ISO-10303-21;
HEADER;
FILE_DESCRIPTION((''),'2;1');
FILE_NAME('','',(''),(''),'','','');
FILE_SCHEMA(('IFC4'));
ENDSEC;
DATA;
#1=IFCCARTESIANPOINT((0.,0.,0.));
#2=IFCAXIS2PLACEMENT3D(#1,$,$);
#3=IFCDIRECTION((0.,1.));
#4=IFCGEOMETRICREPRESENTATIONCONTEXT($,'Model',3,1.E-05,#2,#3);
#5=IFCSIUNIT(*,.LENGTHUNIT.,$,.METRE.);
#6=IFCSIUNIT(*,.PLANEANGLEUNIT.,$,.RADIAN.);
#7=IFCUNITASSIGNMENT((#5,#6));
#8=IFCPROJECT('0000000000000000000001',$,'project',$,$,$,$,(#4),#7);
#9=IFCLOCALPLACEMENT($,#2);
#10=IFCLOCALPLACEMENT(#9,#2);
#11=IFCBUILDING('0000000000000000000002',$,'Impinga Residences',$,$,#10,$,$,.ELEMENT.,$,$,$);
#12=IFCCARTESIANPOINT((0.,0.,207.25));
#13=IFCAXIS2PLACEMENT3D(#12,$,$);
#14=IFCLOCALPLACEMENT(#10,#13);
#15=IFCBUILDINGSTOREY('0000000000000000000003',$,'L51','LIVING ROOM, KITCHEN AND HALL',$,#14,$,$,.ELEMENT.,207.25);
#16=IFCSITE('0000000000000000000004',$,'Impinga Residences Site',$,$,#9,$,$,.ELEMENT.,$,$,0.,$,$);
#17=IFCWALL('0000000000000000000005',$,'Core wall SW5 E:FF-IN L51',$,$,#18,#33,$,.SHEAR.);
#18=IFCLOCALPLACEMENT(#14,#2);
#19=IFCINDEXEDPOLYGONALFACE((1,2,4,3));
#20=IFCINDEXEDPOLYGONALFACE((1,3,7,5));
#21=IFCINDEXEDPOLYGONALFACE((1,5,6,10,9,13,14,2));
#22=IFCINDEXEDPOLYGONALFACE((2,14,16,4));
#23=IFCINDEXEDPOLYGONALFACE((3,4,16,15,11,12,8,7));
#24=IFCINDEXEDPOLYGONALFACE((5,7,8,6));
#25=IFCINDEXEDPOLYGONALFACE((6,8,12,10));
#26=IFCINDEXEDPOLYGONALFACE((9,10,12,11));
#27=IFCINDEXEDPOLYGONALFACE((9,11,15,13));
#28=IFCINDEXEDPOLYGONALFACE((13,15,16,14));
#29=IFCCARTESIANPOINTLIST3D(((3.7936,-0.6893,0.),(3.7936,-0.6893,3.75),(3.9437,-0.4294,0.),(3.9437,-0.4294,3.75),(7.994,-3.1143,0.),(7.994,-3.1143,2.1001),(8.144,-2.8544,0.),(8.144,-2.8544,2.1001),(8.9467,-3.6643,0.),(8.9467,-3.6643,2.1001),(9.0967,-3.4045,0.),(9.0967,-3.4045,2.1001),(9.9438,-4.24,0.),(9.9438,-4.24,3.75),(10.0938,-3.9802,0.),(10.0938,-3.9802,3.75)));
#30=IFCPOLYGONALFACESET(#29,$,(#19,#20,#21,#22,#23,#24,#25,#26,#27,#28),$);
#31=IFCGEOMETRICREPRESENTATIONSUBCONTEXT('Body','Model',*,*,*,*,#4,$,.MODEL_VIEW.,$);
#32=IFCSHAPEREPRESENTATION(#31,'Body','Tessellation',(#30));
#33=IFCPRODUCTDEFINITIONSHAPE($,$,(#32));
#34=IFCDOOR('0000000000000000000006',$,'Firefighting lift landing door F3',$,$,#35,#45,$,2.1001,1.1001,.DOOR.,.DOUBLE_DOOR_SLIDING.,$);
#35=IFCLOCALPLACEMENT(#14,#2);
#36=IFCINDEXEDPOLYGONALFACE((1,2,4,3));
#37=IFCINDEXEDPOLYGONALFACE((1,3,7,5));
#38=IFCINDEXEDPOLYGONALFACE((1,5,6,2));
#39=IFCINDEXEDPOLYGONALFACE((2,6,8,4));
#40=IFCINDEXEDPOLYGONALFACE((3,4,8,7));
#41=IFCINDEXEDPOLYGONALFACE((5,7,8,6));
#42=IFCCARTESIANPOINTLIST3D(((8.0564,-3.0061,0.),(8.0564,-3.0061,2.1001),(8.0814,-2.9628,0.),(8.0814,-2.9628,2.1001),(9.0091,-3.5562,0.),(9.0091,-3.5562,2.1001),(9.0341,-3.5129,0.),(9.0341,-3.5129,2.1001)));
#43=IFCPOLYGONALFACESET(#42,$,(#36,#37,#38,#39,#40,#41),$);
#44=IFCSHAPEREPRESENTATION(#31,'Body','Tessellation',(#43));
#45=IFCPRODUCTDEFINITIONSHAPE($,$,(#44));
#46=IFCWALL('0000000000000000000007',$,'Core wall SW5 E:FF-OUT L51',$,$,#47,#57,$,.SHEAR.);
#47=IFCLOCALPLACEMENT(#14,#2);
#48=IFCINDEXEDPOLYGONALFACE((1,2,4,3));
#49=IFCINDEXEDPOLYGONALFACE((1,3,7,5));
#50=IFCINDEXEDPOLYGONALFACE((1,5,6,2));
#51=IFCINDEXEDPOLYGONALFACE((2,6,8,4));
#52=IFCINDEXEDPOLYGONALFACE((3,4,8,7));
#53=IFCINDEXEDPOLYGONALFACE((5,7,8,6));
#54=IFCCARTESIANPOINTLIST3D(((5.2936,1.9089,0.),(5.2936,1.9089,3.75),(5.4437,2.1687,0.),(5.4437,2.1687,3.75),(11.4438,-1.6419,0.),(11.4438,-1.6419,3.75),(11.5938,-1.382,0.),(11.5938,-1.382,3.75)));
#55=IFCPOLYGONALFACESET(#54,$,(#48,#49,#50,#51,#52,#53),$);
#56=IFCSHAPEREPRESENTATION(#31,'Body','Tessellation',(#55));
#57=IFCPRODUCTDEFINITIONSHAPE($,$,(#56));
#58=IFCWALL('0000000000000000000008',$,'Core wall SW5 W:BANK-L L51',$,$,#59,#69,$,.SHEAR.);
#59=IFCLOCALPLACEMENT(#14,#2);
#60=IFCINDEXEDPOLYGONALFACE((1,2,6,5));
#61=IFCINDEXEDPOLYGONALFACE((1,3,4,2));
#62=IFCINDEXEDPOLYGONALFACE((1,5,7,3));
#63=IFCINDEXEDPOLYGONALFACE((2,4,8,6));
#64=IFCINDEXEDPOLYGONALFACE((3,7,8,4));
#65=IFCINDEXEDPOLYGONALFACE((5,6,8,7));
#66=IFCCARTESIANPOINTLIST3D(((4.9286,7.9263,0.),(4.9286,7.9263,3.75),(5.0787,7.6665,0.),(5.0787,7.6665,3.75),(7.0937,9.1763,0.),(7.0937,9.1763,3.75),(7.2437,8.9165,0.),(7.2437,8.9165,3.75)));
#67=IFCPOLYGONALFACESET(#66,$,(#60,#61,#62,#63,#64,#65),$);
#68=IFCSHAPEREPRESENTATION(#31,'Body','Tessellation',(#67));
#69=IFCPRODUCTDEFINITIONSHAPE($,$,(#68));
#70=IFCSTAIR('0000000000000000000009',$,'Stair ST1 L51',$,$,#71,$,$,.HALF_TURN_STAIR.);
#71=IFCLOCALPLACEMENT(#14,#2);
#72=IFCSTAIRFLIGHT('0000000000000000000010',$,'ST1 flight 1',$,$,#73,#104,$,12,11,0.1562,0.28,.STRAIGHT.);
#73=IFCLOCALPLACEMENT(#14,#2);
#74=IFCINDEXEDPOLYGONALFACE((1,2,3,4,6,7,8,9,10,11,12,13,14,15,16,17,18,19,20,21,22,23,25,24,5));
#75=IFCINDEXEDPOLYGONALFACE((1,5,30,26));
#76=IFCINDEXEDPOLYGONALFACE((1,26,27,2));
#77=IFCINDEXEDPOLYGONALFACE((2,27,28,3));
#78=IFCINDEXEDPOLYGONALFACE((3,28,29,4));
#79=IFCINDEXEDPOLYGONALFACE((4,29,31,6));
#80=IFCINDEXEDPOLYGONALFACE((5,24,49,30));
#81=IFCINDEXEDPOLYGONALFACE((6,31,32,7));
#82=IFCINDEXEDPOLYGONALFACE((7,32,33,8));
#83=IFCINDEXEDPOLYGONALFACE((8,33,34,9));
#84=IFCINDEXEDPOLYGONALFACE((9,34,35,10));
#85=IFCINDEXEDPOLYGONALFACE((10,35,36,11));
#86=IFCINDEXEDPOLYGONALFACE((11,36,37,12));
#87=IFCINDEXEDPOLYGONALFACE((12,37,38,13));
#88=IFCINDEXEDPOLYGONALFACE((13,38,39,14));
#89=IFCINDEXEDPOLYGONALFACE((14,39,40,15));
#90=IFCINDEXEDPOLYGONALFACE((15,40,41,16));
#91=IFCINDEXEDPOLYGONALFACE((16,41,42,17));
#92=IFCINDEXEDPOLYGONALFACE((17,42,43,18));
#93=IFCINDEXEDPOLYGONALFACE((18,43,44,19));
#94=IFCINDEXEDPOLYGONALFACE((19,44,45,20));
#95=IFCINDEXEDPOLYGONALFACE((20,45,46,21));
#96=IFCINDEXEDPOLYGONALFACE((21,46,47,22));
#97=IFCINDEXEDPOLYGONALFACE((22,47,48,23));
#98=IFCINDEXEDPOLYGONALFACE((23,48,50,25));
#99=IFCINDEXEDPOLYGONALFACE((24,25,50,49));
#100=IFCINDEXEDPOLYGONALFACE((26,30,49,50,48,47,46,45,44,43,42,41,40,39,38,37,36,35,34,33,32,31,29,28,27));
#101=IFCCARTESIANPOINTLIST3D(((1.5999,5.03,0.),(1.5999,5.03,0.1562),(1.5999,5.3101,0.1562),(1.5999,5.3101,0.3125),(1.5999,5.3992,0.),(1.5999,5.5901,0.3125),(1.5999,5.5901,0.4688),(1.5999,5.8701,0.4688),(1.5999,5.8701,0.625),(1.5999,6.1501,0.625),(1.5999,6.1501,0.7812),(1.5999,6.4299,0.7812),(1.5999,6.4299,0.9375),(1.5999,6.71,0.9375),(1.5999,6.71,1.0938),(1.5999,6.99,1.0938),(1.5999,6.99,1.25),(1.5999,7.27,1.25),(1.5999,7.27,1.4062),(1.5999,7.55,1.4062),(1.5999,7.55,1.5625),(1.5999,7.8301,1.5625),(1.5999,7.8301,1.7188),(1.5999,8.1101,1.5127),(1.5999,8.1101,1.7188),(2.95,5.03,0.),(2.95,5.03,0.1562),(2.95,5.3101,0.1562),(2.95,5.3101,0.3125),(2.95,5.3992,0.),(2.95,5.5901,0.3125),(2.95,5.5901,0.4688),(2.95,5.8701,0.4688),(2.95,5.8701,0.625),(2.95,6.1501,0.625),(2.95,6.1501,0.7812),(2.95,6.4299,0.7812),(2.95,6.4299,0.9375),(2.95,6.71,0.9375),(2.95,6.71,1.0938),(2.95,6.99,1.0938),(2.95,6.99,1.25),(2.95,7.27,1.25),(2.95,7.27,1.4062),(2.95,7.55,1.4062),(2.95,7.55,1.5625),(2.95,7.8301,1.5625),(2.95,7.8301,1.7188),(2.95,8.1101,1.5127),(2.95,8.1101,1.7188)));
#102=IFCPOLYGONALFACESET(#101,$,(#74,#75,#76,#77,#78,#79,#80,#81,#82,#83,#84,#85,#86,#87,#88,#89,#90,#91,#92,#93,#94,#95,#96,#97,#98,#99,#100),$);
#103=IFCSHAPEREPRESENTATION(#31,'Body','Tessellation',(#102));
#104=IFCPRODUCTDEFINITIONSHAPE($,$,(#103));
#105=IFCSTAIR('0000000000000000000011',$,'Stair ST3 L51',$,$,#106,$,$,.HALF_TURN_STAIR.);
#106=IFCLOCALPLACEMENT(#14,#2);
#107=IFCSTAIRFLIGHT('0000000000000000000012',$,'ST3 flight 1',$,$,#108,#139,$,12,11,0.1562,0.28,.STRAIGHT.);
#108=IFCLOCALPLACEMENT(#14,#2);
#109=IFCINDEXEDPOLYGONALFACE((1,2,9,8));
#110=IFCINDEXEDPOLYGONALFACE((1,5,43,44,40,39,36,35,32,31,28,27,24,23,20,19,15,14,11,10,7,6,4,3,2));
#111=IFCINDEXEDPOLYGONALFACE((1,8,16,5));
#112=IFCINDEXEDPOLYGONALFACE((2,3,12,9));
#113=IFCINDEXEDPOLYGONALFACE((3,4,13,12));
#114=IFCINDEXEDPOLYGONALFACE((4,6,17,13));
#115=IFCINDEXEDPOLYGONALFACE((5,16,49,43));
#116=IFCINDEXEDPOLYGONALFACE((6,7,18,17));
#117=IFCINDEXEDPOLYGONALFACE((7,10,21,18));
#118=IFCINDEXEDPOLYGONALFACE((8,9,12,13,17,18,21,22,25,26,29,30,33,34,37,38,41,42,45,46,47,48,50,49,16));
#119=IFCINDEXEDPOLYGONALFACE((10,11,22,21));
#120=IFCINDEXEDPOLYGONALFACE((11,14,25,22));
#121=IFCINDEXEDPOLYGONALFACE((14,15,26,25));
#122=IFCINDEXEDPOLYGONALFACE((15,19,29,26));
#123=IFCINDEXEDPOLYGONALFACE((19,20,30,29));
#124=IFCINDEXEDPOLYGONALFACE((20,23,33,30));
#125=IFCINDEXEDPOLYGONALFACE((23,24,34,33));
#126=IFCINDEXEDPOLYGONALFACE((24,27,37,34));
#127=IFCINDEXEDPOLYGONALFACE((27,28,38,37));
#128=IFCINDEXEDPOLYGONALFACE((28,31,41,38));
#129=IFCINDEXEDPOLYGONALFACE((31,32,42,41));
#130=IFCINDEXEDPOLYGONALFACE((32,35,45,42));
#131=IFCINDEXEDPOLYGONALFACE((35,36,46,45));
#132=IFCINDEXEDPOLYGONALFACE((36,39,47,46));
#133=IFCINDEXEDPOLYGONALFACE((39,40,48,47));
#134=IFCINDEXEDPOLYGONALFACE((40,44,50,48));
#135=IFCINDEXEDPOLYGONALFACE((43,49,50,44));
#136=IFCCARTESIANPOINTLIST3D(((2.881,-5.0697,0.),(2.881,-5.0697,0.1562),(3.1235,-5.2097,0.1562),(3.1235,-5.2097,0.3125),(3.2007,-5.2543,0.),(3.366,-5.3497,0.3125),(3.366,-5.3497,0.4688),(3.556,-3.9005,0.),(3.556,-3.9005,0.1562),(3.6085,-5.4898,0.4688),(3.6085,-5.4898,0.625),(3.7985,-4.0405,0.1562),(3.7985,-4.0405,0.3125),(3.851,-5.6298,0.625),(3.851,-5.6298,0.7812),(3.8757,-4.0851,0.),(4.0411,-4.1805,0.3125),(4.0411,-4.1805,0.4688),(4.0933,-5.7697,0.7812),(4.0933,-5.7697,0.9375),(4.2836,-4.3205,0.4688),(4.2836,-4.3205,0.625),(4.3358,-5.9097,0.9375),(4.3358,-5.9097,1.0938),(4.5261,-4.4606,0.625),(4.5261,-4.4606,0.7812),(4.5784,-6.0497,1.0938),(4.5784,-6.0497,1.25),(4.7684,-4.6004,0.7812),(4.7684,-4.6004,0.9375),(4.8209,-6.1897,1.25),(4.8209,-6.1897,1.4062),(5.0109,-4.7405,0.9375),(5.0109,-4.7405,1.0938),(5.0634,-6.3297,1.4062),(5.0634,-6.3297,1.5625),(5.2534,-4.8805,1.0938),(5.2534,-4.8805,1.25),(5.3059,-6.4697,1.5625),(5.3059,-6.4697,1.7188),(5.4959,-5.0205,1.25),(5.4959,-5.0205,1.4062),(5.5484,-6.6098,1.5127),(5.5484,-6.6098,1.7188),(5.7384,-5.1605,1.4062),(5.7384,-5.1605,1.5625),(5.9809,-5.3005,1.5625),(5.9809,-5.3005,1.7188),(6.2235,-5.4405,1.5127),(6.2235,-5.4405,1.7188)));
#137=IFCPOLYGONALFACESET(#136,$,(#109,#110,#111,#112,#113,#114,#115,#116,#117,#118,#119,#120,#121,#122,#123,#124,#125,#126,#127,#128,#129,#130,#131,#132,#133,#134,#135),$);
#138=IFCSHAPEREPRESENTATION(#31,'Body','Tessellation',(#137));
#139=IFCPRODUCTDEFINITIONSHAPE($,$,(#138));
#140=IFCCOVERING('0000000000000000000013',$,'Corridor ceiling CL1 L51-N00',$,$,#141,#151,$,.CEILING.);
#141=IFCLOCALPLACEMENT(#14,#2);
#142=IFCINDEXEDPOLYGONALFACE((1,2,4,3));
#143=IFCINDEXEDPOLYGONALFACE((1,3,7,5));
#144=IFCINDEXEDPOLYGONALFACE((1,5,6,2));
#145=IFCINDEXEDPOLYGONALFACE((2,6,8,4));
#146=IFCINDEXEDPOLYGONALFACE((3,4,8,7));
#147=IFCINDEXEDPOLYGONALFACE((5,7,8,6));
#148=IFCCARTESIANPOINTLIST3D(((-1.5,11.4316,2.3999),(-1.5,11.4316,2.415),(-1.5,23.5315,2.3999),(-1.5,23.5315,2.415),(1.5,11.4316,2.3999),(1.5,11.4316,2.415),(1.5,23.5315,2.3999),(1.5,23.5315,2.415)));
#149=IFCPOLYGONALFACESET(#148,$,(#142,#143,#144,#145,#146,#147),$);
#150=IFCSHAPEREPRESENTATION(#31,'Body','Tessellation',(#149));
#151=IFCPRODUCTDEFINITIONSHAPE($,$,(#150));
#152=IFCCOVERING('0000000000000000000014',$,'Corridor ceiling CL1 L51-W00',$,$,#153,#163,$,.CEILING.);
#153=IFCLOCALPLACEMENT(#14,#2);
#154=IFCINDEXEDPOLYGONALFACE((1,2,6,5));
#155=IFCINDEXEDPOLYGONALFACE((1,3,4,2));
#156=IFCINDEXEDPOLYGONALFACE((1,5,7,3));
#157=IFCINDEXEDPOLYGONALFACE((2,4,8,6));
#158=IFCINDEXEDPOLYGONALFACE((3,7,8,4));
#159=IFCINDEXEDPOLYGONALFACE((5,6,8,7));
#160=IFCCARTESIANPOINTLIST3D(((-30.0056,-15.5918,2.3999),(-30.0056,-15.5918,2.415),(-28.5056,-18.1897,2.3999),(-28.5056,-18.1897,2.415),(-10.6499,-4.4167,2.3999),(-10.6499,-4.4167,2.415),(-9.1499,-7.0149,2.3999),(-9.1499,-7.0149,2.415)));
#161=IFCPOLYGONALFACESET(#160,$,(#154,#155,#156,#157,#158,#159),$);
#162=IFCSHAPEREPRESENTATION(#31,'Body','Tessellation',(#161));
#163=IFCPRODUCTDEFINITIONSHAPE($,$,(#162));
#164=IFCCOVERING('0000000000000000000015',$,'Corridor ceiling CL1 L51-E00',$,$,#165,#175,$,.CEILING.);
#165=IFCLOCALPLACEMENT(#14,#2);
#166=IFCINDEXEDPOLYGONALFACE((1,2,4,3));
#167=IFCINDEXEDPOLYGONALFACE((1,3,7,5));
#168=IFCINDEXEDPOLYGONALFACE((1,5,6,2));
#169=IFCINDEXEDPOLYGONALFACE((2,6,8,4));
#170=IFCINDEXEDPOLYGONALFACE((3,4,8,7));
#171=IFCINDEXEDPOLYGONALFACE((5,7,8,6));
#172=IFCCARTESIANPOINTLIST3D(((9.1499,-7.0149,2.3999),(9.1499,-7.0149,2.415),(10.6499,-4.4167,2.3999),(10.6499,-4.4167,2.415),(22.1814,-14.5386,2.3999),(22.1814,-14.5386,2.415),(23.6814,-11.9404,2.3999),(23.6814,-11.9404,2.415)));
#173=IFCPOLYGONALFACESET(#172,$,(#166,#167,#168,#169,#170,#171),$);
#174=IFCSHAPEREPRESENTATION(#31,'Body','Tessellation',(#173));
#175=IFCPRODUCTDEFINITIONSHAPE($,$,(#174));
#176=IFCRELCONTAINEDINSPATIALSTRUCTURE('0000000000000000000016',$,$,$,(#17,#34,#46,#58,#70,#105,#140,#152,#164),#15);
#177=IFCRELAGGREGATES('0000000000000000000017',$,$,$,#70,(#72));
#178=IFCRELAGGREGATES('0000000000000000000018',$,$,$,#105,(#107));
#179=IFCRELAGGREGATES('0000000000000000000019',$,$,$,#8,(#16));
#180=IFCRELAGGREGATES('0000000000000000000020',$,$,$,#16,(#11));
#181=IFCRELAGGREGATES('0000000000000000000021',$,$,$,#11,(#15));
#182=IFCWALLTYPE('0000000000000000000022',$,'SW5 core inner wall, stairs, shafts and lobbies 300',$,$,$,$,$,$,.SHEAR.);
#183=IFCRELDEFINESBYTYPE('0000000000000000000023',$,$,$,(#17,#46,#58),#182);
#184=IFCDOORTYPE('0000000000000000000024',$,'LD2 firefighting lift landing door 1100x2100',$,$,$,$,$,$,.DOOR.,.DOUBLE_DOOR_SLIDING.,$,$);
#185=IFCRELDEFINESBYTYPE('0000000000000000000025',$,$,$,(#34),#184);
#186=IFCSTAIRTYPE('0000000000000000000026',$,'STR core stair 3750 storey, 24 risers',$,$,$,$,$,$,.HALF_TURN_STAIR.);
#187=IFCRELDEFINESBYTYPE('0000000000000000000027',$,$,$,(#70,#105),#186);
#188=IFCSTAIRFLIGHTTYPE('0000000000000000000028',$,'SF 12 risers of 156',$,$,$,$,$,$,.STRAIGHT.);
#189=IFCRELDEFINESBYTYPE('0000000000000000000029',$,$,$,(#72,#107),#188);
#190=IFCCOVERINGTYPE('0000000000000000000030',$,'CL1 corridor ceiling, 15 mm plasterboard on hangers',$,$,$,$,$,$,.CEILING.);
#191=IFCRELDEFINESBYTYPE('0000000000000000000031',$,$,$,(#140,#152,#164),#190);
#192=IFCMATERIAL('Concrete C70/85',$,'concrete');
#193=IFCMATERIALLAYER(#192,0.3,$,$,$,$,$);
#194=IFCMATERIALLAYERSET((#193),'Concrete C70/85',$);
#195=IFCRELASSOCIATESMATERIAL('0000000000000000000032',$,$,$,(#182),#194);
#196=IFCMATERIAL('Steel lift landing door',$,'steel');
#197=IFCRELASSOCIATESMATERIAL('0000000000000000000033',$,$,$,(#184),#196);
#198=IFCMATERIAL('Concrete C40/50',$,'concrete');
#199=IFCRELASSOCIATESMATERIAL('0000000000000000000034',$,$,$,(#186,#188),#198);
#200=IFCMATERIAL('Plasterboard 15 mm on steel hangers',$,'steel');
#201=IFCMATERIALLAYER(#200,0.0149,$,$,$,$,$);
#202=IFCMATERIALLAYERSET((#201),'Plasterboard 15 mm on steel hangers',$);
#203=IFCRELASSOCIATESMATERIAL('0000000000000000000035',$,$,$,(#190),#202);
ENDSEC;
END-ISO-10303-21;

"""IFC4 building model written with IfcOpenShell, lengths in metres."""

from ifc_helpers import new_model, si_unit, direction, frame, frame_2d, origin, place, context, subcontext, project, spatial, polyline, rectangle, outline, extrude, material, layer, layer_set, type_object, element, fill, aggregate, save


model = new_model("IFC4")

# Units and contexts
model_context = context("Model", 3, precision=1e-05, world=origin(), true_north=direction((0.0, 1.0)))
body_context = subcontext(model_context, "Body", "Model", "MODEL_VIEW")
ifc_project = project(units=[si_unit("LENGTHUNIT", "METRE"), si_unit("PLANEANGLEUNIT", "RADIAN")], contexts=[model_context])

# Site, building, storey
site_placement = place(None, origin())
site = spatial("IfcSite", under=ifc_project, at=site_placement, Name="Impinga Residences Site", CompositionType="ELEMENT", RefElevation=0.0)
building_placement = place(site_placement, origin())
building = spatial("IfcBuilding", under=site, at=building_placement, Name="Impinga Residences", CompositionType="ELEMENT")
storey_placement = place(building_placement, frame((0.0, 0.0, 207.25)))
storey = spatial("IfcBuildingStorey", under=building, at=storey_placement, Name="L51", Description="LIVING ROOM, KITCHEN AND HALL", CompositionType="ELEMENT", Elevation=207.25)

# Shared definitions
ifc_material_1 = material(Name="Concrete C40/50", Category="concrete")

# Shared definitions
ifc_material_2 = material(Name="Concrete C70/85", Category="concrete")
ifc_layer_1 = layer(ifc_material_2, 0.3)
ifc_layer_set_1 = layer_set([ifc_layer_1], Name="Concrete C70/85")
wall_type = type_object("IfcWallType", Name="SW5 core inner wall, stairs, shafts and lobbies 300", PredefinedType="SHEAR", material=ifc_layer_set_1)

# Wall, opening, door
wall_1_placement = place(storey_placement, frame((3.8687, -0.5593, 0.0), z_axis=(0.0, 0.0, 1.0), x_axis=(0.866026, -0.499999, 0.0)))
wall_1 = element("IfcWall", 1, at=wall_1_placement, inside=storey, type_object=wall_type, Name="Core wall SW5 E:FF-IN L51", PredefinedType="SHEAR", context=body_context, shape_type="SweptSolid", body=[
    extrude(rectangle(XDim=7.1016, YDim=0.3, at=frame_2d((3.5508, 0.0))), origin(), (0.0, 0.0, 1.0), 3.75),
])
opening_1_placement = place(wall_1_placement, frame((4.8501, 0.0, 0.0)))
opening_1 = element("IfcOpeningElement", 2, at=opening_1_placement, cuts=wall_1, PredefinedType="OPENING", context=body_context, shape_type="SweptSolid", body=[
    extrude(rectangle(XDim=1.1001, YDim=2.1001, at=frame_2d((0.55, 1.05))), frame((0.0, 0.1599, 0.0), z_axis=(0.0, -1.0, 0.0), x_axis=(1.0, 0.0, 0.0)), (0.0, 0.0, 1.0), 0.3201),
])
ifc_material_3 = material(Name="Steel lift landing door", Category="steel")
door_type_1 = type_object("IfcDoorType", Name="LD2 firefighting lift landing door 1100x2100", OperationType="DOUBLE_DOOR_SLIDING", PredefinedType="DOOR", material=ifc_material_3)
door_1_placement = place(opening_1_placement, origin())
door_1 = element("IfcDoor", 3, at=door_1_placement, inside=storey, type_object=door_type_1, Name="Firefighting lift landing door F3", OperationType="DOUBLE_DOOR_SLIDING", OverallHeight=2.1001, OverallWidth=1.1001, PredefinedType="DOOR", context=body_context, shape_type="SweptSolid", body=[
    extrude(rectangle(XDim=1.1001, YDim=2.1001, at=frame_2d((0.55, 1.05))), frame((0.0, 0.0249, 0.0), z_axis=(0.0, -1.0, 0.0), x_axis=(1.0, 0.0, 0.0)), (0.0, 0.0, 1.0), 0.05),
])
fill(opening_1, door_1)

# Walls
wall_2_placement = place(storey_placement, frame((5.3687, 2.0388, 0.0), z_axis=(0.0, 0.0, 1.0), x_axis=(0.866026, -0.499999, 0.0)))
element("IfcWall", 4, at=wall_2_placement, inside=storey, type_object=wall_type, Name="Core wall SW5 E:FF-OUT L51", PredefinedType="SHEAR", context=body_context, shape_type="SweptSolid", body=[
    extrude(rectangle(XDim=7.1016, YDim=0.3, at=frame_2d((3.5508, 0.0))), origin(), (0.0, 0.0, 1.0), 3.75),
])
wall_3_placement = place(storey_placement, frame((5.0037, 7.7964, 0.0), z_axis=(0.0, 0.0, 1.0), x_axis=(0.866023, 0.500004, 0.0)))
element("IfcWall", 5, at=wall_3_placement, inside=storey, type_object=wall_type, Name="Core wall SW5 W:BANK-L L51", PredefinedType="SHEAR", context=body_context, shape_type="SweptSolid", body=[
    extrude(rectangle(XDim=2.5, YDim=0.3, at=frame_2d((1.25, 0.0))), origin(), (0.0, 0.0, 1.0), 3.75),
])

# Stairs, stair flights
stair_type_1 = type_object("IfcStairType", Name="STR core stair 3750 storey, 24 risers", PredefinedType="HALF_TURN_STAIR", material=ifc_material_1)
stair_1_placement = place(storey_placement, origin())
stair_1 = element("IfcStair", 6, at=stair_1_placement, inside=storey, type_object=stair_type_1, Name="Stair ST1 L51", PredefinedType="HALF_TURN_STAIR")
stair_flight_type = type_object("IfcStairFlightType", Name="SF 12 risers of 156", PredefinedType="STRAIGHT", material=ifc_material_1)
stair_flight_1_placement = place(storey_placement, frame((2.2749, 5.03, 0.0), z_axis=(0.0, 0.0, 1.0), x_axis=(0.0, 1.0, 0.0)))
stair_flight_1 = element("IfcStairFlight", 7, at=stair_flight_1_placement, type_object=stair_flight_type, Name="ST1 flight 1", NumberOfRisers=12, NumberOfTreads=11, PredefinedType="STRAIGHT", RiserHeight=0.1562, TreadLength=0.28, context=body_context, shape_type="SweptSolid", body=[
    extrude(outline(polyline([(0.0, 0.0), (0.0, 0.1562), (0.28, 0.1562), (0.28, 0.3125), (0.5601, 0.3125), (0.5601, 0.4688), (0.8401, 0.4688), (0.8401, 0.625), (1.1201, 0.625), (1.1201, 0.7812), (1.3999, 0.7812), (1.3999, 0.9375), (1.6799, 0.9375), (1.6799, 1.0938), (1.96, 1.0938), (1.96, 1.25), (2.24, 1.25), (2.24, 1.4062), (2.52, 1.4062), (2.52, 1.5625), (2.8, 1.5625), (2.8, 1.7188), (3.0801, 1.7188), (3.0801, 1.875), (3.0801, 1.5127), (0.3691, 0.0), (0.0, 0.0)])), frame((0.0, 0.675, 0.0), z_axis=(0.0, -1.0, 0.0), x_axis=(1.0, 0.0, 0.0)), (0.0, 0.0, 1.0), 1.3501),
])
aggregate(stair_1, [stair_flight_1])
stair_2_placement = place(storey_placement, origin())
stair_2 = element("IfcStair", 8, at=stair_2_placement, inside=storey, type_object=stair_type_1, Name="Stair ST3 L51", PredefinedType="HALF_TURN_STAIR")
stair_flight_2_placement = place(storey_placement, frame((3.2185, -4.4851, 0.0), z_axis=(0.0, 0.0, 1.0), x_axis=(0.866025, -0.5, 0.0)))
stair_flight_2 = element("IfcStairFlight", 9, at=stair_flight_2_placement, type_object=stair_flight_type, Name="ST3 flight 1", NumberOfRisers=12, NumberOfTreads=11, PredefinedType="STRAIGHT", RiserHeight=0.1562, TreadLength=0.28, context=body_context, shape_type="SweptSolid", body=[
    extrude(outline(polyline([(0.0, 0.0), (0.0, 0.1562), (0.28, 0.1562), (0.28, 0.3125), (0.5601, 0.3125), (0.5601, 0.4688), (0.8401, 0.4688), (0.8401, 0.625), (1.1201, 0.625), (1.1201, 0.7812), (1.3999, 0.7812), (1.3999, 0.9375), (1.6799, 0.9375), (1.6799, 1.0938), (1.96, 1.0938), (1.96, 1.25), (2.24, 1.25), (2.24, 1.4062), (2.52, 1.4062), (2.52, 1.5625), (2.8, 1.5625), (2.8, 1.7188), (3.0801, 1.7188), (3.0801, 1.875), (3.0801, 1.5127), (0.3691, 0.0), (0.0, 0.0)])), frame((0.0, 0.675, 0.0), z_axis=(0.0, -1.0, 0.0), x_axis=(1.0, 0.0, 0.0)), (0.0, 0.0, 1.0), 1.3501),
])
aggregate(stair_2, [stair_flight_2])

# Coverings
ifc_material_4 = material(Name="Plasterboard 15 mm on steel hangers", Category="steel")
ifc_layer_2 = layer(ifc_material_4, 0.0149)
ifc_layer_set_2 = layer_set([ifc_layer_2], Name="Plasterboard 15 mm on steel hangers")
covering_type_1 = type_object("IfcCoveringType", Name="CL1 corridor ceiling, 15 mm plasterboard on hangers", PredefinedType="CEILING", material=ifc_layer_set_2)
covering_1_placement = place(storey_placement, frame((0.0, 0.0, 2.3999)))
element("IfcCovering", 10, at=covering_1_placement, inside=storey, type_object=covering_type_1, Name="Corridor ceiling CL1 L51-N00", PredefinedType="CEILING", context=body_context, shape_type="SweptSolid", body=[
    extrude(outline(polyline([(-1.5, 11.4316), (1.5, 11.4316), (1.5, 23.5315), (-1.5, 23.5315), (-1.5, 11.4316)])), origin(), (0.0, 0.0, 1.0), 0.0151),
])
covering_2_placement = place(storey_placement, frame((0.0, 0.0, 2.3999)))
element("IfcCovering", 11, at=covering_2_placement, inside=storey, type_object=covering_type_1, Name="Corridor ceiling CL1 L51-W00", PredefinedType="CEILING", context=body_context, shape_type="SweptSolid", body=[
    extrude(outline(polyline([(-9.1499, -7.0149), (-10.6499, -4.4167), (-30.0056, -15.5918), (-28.5056, -18.1897), (-9.1499, -7.0149)])), origin(), (0.0, 0.0, 1.0), 0.0151),
])
covering_3_placement = place(storey_placement, frame((0.0, 0.0, 2.3999)))
element("IfcCovering", 12, at=covering_3_placement, inside=storey, type_object=covering_type_1, Name="Corridor ceiling CL1 L51-E00", PredefinedType="CEILING", context=body_context, shape_type="SweptSolid", body=[
    extrude(outline(polyline([(9.1499, -7.0149), (10.6499, -4.4167), (23.6814, -11.9404), (22.1814, -14.5386), (9.1499, -7.0149)])), origin(), (0.0, 0.0, 1.0), 0.0151),
])

save(model, "model.ifc")
